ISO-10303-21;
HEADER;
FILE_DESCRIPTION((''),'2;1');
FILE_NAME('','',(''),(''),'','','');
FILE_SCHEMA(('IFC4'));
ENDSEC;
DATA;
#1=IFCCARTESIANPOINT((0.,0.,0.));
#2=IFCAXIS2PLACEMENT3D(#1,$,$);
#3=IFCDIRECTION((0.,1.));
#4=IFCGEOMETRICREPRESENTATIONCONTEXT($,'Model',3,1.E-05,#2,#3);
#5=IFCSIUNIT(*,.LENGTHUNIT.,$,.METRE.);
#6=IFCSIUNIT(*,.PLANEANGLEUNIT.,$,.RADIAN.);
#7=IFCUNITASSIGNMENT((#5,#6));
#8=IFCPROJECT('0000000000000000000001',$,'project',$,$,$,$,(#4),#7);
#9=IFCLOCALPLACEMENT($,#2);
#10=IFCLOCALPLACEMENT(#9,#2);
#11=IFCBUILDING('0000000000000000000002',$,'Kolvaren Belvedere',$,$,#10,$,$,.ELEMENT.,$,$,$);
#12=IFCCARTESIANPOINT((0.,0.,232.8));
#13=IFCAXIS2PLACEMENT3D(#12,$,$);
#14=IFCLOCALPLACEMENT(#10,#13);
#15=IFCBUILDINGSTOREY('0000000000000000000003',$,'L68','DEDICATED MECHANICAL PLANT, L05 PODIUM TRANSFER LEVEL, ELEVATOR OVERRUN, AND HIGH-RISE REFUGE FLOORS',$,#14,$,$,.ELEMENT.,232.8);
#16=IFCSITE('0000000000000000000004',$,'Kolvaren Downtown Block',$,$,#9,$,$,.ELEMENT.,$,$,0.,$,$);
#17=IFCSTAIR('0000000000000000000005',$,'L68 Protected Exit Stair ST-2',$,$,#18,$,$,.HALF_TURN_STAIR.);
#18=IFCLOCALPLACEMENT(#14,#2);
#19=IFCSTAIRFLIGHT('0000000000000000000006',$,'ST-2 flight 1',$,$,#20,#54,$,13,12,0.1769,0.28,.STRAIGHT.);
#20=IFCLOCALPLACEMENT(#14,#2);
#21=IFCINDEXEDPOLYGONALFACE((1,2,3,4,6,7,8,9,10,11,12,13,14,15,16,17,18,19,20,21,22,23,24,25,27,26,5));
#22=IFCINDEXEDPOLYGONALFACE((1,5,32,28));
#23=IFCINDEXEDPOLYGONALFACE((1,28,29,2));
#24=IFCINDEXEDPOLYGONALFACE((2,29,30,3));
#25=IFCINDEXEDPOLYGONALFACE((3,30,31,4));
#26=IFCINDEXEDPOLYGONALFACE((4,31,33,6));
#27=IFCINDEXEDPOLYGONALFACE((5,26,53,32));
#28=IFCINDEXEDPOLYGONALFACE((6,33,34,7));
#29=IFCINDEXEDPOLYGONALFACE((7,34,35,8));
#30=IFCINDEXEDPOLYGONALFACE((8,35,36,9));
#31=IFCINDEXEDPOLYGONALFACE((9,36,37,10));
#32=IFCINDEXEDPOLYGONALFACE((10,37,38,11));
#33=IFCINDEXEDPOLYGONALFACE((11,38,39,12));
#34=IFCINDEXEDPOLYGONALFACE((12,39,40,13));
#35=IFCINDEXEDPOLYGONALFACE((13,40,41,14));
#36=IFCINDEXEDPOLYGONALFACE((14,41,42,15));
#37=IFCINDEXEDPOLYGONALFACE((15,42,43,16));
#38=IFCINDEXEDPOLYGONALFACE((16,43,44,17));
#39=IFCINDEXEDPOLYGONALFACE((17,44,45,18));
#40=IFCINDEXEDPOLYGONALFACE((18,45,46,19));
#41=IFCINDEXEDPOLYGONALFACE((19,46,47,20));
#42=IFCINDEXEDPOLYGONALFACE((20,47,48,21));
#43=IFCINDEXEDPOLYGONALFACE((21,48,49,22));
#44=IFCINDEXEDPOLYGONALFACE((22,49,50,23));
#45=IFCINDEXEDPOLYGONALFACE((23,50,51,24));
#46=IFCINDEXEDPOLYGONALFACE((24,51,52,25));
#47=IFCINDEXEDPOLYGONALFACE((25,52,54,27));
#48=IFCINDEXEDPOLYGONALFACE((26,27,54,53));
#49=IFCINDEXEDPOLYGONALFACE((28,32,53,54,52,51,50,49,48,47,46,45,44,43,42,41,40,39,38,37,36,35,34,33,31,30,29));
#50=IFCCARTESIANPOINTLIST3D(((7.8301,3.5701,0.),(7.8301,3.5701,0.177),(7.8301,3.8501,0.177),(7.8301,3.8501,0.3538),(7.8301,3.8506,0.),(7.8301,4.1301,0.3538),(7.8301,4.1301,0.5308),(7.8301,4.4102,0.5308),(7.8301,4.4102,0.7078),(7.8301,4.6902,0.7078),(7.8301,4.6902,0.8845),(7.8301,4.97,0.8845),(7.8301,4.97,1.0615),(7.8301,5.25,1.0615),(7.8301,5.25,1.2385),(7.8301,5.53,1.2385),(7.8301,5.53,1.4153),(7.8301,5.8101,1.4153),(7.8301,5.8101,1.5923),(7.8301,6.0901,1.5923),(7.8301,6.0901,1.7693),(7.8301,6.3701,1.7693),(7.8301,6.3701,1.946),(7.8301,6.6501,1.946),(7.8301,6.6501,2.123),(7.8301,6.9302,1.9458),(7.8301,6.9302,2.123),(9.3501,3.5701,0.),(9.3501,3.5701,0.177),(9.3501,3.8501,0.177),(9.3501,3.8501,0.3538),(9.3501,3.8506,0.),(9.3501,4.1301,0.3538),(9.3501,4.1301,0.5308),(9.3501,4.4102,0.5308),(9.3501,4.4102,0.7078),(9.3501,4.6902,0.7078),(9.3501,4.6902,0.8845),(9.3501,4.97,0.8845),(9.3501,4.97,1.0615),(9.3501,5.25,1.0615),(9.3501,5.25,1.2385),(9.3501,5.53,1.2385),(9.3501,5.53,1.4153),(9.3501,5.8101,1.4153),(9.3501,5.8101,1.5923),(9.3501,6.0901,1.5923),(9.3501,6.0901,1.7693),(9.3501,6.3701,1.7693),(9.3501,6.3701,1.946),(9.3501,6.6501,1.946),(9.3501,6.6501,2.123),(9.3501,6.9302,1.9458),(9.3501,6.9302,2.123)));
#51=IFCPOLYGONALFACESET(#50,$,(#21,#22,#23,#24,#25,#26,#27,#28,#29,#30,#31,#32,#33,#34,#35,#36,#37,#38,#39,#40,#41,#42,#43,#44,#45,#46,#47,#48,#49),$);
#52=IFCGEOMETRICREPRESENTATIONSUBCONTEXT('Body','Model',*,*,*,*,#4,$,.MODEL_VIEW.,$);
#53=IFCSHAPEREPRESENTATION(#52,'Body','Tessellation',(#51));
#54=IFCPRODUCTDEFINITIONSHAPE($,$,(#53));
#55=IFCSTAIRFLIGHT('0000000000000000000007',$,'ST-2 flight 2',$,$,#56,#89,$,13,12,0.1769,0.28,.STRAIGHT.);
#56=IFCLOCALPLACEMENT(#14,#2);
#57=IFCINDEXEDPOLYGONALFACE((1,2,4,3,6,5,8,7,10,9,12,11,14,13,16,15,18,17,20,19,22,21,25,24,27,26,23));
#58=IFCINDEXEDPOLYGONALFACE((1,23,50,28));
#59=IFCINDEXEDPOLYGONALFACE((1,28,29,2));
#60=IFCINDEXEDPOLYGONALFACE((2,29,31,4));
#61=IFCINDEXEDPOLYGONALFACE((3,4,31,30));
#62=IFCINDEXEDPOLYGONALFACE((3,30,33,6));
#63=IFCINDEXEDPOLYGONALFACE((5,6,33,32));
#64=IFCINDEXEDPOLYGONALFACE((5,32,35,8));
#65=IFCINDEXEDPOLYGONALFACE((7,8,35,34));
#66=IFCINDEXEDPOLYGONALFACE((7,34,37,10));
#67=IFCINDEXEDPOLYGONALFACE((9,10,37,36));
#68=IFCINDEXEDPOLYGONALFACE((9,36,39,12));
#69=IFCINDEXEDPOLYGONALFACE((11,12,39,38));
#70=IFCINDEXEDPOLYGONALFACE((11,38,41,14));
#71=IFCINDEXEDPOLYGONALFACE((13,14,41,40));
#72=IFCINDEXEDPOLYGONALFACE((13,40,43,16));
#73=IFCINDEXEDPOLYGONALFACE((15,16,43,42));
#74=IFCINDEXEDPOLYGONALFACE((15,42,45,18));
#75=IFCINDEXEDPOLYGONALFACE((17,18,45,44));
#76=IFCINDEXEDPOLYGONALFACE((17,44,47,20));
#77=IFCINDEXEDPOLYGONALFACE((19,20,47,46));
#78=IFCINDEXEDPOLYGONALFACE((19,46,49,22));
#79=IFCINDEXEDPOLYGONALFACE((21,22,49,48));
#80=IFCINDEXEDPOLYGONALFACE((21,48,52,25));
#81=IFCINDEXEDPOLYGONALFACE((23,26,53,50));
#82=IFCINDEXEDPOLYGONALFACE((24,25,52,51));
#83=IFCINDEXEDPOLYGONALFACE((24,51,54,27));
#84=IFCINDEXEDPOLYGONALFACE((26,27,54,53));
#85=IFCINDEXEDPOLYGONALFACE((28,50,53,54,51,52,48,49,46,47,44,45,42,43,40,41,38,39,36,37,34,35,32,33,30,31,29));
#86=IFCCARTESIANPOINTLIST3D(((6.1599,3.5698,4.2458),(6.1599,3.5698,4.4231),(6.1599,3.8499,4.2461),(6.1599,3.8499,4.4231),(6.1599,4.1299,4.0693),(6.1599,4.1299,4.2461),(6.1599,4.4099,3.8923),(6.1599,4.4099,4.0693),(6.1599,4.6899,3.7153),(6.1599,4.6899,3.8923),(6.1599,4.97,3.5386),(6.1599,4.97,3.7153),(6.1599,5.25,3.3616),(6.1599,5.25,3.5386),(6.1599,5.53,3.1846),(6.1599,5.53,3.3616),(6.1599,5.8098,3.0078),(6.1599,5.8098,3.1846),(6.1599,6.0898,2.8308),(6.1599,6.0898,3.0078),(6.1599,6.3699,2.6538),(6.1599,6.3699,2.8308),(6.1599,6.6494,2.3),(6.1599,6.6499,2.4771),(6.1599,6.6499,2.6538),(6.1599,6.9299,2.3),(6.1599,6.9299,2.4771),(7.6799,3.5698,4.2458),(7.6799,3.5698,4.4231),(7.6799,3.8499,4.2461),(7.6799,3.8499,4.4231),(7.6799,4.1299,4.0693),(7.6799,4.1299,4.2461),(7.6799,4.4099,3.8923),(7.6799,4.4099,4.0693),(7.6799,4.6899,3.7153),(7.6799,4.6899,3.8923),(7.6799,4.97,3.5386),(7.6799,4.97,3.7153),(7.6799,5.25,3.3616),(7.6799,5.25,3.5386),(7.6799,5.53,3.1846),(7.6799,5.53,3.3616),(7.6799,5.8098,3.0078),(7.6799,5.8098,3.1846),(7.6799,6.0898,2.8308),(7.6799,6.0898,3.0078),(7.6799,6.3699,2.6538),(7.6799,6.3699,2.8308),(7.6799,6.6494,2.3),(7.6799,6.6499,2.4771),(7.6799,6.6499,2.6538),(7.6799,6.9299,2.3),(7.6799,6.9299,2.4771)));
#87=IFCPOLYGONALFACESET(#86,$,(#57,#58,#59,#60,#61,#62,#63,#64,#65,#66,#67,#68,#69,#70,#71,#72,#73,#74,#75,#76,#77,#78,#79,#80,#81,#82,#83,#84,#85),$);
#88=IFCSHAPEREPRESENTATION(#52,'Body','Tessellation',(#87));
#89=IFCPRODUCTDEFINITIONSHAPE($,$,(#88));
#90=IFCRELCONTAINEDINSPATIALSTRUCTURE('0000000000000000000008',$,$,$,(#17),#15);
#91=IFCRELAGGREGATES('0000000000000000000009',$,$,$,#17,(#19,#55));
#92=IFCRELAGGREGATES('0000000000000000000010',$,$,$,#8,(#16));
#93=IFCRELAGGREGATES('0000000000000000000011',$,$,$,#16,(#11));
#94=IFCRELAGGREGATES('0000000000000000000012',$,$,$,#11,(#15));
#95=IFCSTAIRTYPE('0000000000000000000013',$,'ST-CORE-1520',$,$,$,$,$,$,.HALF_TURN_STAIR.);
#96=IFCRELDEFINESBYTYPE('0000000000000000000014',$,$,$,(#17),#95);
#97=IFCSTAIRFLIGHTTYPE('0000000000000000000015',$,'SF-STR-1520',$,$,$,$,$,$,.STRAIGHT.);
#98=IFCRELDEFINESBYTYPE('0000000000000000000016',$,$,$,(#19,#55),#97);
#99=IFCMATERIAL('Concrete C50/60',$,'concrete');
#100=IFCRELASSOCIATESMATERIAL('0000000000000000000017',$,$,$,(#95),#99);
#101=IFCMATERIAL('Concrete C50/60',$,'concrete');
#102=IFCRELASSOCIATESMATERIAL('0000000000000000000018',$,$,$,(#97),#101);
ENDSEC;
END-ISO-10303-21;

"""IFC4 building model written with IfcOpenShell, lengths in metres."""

from ifc_helpers import new_model, si_unit, direction, frame, origin, place, context, subcontext, project, spatial, polyline, outline, extrude, material, type_object, element, aggregate, save


model = new_model("IFC4")

# Units and contexts
model_context = context("Model", 3, precision=1e-05, world=origin(), true_north=direction((0.0, 1.0)))
body_context = subcontext(model_context, "Body", "Model", "MODEL_VIEW")
ifc_project = project(units=[si_unit("LENGTHUNIT", "METRE"), si_unit("PLANEANGLEUNIT", "RADIAN")], contexts=[model_context])

# Site, building, storey
site_placement = place(None, origin())
site = spatial("IfcSite", under=ifc_project, at=site_placement, Name="Kolvaren Downtown Block", CompositionType="ELEMENT", RefElevation=0.0)
building_placement = place(site_placement, origin())
building = spatial("IfcBuilding", under=site, at=building_placement, Name="Kolvaren Belvedere", CompositionType="ELEMENT")
storey_placement = place(building_placement, frame((0.0, 0.0, 232.8)))
storey = spatial("IfcBuildingStorey", under=building, at=storey_placement, Name="L68", Description="DEDICATED MECHANICAL PLANT, L05 PODIUM TRANSFER LEVEL, ELEVATOR OVERRUN, AND HIGH-RISE REFUGE FLOORS", CompositionType="ELEMENT", Elevation=232.8)

# Stair, stair flights
ifc_material_1 = material(Name="Concrete C50/60", Category="concrete")
stair_type = type_object("IfcStairType", Name="ST-CORE-1520", PredefinedType="HALF_TURN_STAIR", material=ifc_material_1)
stair_placement = place(storey_placement, origin())
stair = element("IfcStair", 1, at=stair_placement, inside=storey, type_object=stair_type, Name="L68 Protected Exit Stair ST-2", PredefinedType="HALF_TURN_STAIR")
ifc_material_2 = material(Name="Concrete C50/60", Category="concrete")
stair_flight_type = type_object("IfcStairFlightType", Name="SF-STR-1520", PredefinedType="STRAIGHT", material=ifc_material_2)
stair_flight_1_placement = place(storey_placement, frame((8.5901, 3.5701, 0.0), z_axis=(0.0, 0.0, 1.0), x_axis=(0.0, 1.0, 0.0)))
stair_flight_1 = element("IfcStairFlight", 2, at=stair_flight_1_placement, type_object=stair_flight_type, Name="ST-2 flight 1", NumberOfRisers=13, NumberOfTreads=12, PredefinedType="STRAIGHT", RiserHeight=0.1769, TreadLength=0.28, context=body_context, shape_type="SweptSolid", body=[
    extrude(outline(polyline([(0.0, 0.0), (0.0, 0.177), (0.28, 0.177), (0.28, 0.3538), (0.5601, 0.3538), (0.5601, 0.5308), (0.8401, 0.5308), (0.8401, 0.7078), (1.1201, 0.7078), (1.1201, 0.8845), (1.3999, 0.8845), (1.3999, 1.0615), (1.6799, 1.0615), (1.6799, 1.2385), (1.96, 1.2385), (1.96, 1.4153), (2.24, 1.4153), (2.24, 1.5923), (2.52, 1.5923), (2.52, 1.7693), (2.8, 1.7693), (2.8, 1.946), (3.0801, 1.946), (3.0801, 2.123), (3.3601, 2.123), (3.3601, 2.3), (3.3601, 1.9458), (0.2805, 0.0), (0.0, 0.0)])), frame((0.0, 0.76, 0.0), z_axis=(0.0, -1.0, 0.0), x_axis=(1.0, 0.0, 0.0)), (0.0, 0.0, 1.0), 1.52),
])
stair_flight_2_placement = place(storey_placement, frame((6.9199, 6.9299, 2.3), z_axis=(0.0, 0.0, 1.0), x_axis=(0.0, -1.0, 0.0)))
stair_flight_2 = element("IfcStairFlight", 3, at=stair_flight_2_placement, type_object=stair_flight_type, Name="ST-2 flight 2", NumberOfRisers=13, NumberOfTreads=12, PredefinedType="STRAIGHT", RiserHeight=0.1769, TreadLength=0.28, context=body_context, shape_type="SweptSolid", body=[
    extrude(outline(polyline([(0.0, 0.0), (0.0, 0.177), (0.28, 0.177), (0.28, 0.3538), (0.5601, 0.3538), (0.5601, 0.5308), (0.8401, 0.5308), (0.8401, 0.7078), (1.1201, 0.7078), (1.1201, 0.8845), (1.3999, 0.8845), (1.3999, 1.0615), (1.6799, 1.0615), (1.6799, 1.2385), (1.96, 1.2385), (1.96, 1.4153), (2.24, 1.4153), (2.24, 1.5923), (2.52, 1.5923), (2.52, 1.7693), (2.8, 1.7693), (2.8, 1.946), (3.0801, 1.946), (3.0801, 2.123), (3.3601, 2.123), (3.3601, 2.3), (3.3601, 1.9458), (0.2805, 0.0), (0.0, 0.0)])), frame((0.0, 0.76, 0.0), z_axis=(0.0, -1.0, 0.0), x_axis=(1.0, 0.0, 0.0)), (0.0, 0.0, 1.0), 1.52),
])
aggregate(stair, [stair_flight_1, stair_flight_2])

save(model, "model.ifc")
